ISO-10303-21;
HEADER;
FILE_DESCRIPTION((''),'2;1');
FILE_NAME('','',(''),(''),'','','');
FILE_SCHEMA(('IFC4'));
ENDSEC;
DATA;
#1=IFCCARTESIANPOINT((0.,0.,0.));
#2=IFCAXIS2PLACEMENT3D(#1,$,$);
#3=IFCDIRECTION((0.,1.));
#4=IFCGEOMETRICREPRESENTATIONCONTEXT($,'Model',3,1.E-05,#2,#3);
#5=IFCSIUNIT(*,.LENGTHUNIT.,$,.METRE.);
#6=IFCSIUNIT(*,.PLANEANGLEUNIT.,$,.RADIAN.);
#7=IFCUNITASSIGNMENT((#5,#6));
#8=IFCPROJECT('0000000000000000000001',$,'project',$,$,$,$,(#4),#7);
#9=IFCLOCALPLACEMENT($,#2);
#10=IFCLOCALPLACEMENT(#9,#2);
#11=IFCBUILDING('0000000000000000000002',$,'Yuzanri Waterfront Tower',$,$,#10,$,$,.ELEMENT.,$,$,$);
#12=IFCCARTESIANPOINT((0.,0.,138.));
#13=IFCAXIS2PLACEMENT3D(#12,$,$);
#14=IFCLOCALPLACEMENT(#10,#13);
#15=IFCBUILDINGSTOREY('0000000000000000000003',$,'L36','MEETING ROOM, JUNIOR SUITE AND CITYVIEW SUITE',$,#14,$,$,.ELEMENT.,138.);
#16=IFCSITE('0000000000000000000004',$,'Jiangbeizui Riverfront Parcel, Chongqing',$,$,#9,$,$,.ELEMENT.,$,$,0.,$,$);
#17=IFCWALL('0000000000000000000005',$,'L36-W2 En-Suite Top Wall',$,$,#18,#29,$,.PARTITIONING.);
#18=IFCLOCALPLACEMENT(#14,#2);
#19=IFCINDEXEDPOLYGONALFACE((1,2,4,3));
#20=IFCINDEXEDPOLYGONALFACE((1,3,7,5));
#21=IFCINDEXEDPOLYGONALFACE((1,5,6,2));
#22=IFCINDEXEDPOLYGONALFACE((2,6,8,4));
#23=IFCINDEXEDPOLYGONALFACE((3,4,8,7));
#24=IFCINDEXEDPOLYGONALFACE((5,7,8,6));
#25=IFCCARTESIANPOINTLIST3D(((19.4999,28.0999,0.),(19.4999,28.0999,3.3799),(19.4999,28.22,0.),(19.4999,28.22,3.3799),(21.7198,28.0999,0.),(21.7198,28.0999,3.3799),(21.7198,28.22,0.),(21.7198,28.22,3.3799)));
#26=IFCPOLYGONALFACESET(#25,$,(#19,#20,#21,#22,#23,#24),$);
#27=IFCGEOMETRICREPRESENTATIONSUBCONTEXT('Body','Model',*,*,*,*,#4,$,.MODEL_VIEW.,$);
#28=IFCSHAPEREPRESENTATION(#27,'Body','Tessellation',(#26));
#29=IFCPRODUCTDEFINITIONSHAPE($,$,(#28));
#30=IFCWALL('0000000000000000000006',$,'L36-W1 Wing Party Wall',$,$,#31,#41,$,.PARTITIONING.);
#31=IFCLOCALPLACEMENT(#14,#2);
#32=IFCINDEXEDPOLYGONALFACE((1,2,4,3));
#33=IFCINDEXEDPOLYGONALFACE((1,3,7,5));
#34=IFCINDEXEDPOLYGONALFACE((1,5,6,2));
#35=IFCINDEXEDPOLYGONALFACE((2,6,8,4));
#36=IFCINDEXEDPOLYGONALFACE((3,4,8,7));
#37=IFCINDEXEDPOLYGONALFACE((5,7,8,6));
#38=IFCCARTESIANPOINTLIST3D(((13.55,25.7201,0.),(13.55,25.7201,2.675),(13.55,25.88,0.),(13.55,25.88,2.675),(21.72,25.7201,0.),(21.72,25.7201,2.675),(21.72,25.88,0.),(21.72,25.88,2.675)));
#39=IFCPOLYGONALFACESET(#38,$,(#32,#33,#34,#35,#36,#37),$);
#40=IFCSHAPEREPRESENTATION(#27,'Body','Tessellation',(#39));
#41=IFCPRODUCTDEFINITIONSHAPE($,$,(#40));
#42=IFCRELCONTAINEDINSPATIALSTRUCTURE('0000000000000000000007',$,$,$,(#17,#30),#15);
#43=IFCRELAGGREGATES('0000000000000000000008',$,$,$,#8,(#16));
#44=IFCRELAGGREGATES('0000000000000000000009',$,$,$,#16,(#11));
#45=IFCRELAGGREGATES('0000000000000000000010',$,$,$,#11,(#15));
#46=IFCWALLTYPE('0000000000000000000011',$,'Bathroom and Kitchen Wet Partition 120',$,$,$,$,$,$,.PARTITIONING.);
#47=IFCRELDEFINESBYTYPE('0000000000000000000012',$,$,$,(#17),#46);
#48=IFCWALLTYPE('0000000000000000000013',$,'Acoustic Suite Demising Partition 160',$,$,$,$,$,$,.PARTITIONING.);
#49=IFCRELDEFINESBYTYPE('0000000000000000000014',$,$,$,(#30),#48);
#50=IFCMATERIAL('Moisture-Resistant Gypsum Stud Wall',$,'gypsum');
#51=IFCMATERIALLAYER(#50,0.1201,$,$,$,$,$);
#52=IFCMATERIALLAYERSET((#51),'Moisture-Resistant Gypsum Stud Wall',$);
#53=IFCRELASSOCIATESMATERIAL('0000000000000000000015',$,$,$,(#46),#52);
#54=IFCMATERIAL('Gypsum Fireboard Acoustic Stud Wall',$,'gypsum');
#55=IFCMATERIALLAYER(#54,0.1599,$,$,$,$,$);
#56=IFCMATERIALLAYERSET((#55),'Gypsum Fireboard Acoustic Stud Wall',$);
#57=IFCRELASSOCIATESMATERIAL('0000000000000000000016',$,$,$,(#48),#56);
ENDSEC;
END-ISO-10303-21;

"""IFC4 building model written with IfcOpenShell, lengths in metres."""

from ifc_helpers import new_model, si_unit, direction, frame, frame_2d, origin, place, context, subcontext, project, spatial, rectangle, extrude, source, transform, mapped, material, layer, layer_set, type_object, element, save


model = new_model("IFC4")

# Units and contexts
model_context = context("Model", 3, precision=1e-05, world=origin(), true_north=direction((0.0, 1.0)))
body_context = subcontext(model_context, "Body", "Model", "MODEL_VIEW")
ifc_project = project(units=[si_unit("LENGTHUNIT", "METRE"), si_unit("PLANEANGLEUNIT", "RADIAN")], contexts=[model_context])

# Site, building, storey
site_placement = place(None, origin())
site = spatial("IfcSite", under=ifc_project, at=site_placement, Name="Jiangbeizui Riverfront Parcel, Chongqing", CompositionType="ELEMENT", RefElevation=0.0)
building_placement = place(site_placement, origin())
building = spatial("IfcBuilding", under=site, at=building_placement, Name="Yuzanri Waterfront Tower", CompositionType="ELEMENT")
storey_placement = place(building_placement, frame((0.0, 0.0, 138.0)))
storey = spatial("IfcBuildingStorey", under=building, at=storey_placement, Name="L36", Description="MEETING ROOM, JUNIOR SUITE AND CITYVIEW SUITE", CompositionType="ELEMENT", Elevation=138.0)

# Shared definitions
ifc_material_1 = material(Name="Moisture-Resistant Gypsum Stud Wall", Category="gypsum")
ifc_layer_1 = layer(ifc_material_1, 0.1201)
ifc_layer_set_1 = layer_set([ifc_layer_1], Name="Moisture-Resistant Gypsum Stud Wall")
wall_type_1 = type_object("IfcWallType", Name="Bathroom and Kitchen Wet Partition 120", PredefinedType="PARTITIONING", material=ifc_layer_set_1)

# Walls
shared_shape_1 = source(origin(), body_context, "Body", "SweptSolid", [
    extrude(rectangle(XDim=2.22, YDim=0.1201, at=frame_2d((1.1099, 0.0))), origin(), (0.0, 0.0, 1.0), 3.3799),
])
wall_1_placement = place(storey_placement, frame((19.5, 28.1599, 0.0), z_axis=(0.0, 0.0, 1.0), x_axis=(1.0, 0.0, 0.0)))
element("IfcWall", 1, at=wall_1_placement, inside=storey, type_object=wall_type_1, Name="L36-W2 En-Suite Top Wall", PredefinedType="PARTITIONING", context=body_context, shape_type="MappedRepresentation", body=[
    mapped(shared_shape_1, transform((0.0, 0.0, 0.0), scale=1.0)),
])
ifc_material_2 = material(Name="Gypsum Fireboard Acoustic Stud Wall", Category="gypsum")
ifc_layer_2 = layer(ifc_material_2, 0.1599)
ifc_layer_set_2 = layer_set([ifc_layer_2], Name="Gypsum Fireboard Acoustic Stud Wall")
wall_type_2 = type_object("IfcWallType", Name="Acoustic Suite Demising Partition 160", PredefinedType="PARTITIONING", material=ifc_layer_set_2)
shared_shape_2 = source(origin(), body_context, "Body", "SweptSolid", [
    extrude(rectangle(XDim=8.1699, YDim=0.1599, at=frame_2d((4.085, 0.0))), origin(), (0.0, 0.0, 1.0), 2.675),
])
wall_2_placement = place(storey_placement, frame((13.55, 25.8, 0.0), z_axis=(0.0, 0.0, 1.0), x_axis=(1.0, 0.0, 0.0)))
element("IfcWall", 2, at=wall_2_placement, inside=storey, type_object=wall_type_2, Name="L36-W1 Wing Party Wall", PredefinedType="PARTITIONING", context=body_context, shape_type="MappedRepresentation", body=[
    mapped(shared_shape_2, transform((0.0, 0.0, 0.0), scale=1.0)),
])

save(model, "model.ifc")
